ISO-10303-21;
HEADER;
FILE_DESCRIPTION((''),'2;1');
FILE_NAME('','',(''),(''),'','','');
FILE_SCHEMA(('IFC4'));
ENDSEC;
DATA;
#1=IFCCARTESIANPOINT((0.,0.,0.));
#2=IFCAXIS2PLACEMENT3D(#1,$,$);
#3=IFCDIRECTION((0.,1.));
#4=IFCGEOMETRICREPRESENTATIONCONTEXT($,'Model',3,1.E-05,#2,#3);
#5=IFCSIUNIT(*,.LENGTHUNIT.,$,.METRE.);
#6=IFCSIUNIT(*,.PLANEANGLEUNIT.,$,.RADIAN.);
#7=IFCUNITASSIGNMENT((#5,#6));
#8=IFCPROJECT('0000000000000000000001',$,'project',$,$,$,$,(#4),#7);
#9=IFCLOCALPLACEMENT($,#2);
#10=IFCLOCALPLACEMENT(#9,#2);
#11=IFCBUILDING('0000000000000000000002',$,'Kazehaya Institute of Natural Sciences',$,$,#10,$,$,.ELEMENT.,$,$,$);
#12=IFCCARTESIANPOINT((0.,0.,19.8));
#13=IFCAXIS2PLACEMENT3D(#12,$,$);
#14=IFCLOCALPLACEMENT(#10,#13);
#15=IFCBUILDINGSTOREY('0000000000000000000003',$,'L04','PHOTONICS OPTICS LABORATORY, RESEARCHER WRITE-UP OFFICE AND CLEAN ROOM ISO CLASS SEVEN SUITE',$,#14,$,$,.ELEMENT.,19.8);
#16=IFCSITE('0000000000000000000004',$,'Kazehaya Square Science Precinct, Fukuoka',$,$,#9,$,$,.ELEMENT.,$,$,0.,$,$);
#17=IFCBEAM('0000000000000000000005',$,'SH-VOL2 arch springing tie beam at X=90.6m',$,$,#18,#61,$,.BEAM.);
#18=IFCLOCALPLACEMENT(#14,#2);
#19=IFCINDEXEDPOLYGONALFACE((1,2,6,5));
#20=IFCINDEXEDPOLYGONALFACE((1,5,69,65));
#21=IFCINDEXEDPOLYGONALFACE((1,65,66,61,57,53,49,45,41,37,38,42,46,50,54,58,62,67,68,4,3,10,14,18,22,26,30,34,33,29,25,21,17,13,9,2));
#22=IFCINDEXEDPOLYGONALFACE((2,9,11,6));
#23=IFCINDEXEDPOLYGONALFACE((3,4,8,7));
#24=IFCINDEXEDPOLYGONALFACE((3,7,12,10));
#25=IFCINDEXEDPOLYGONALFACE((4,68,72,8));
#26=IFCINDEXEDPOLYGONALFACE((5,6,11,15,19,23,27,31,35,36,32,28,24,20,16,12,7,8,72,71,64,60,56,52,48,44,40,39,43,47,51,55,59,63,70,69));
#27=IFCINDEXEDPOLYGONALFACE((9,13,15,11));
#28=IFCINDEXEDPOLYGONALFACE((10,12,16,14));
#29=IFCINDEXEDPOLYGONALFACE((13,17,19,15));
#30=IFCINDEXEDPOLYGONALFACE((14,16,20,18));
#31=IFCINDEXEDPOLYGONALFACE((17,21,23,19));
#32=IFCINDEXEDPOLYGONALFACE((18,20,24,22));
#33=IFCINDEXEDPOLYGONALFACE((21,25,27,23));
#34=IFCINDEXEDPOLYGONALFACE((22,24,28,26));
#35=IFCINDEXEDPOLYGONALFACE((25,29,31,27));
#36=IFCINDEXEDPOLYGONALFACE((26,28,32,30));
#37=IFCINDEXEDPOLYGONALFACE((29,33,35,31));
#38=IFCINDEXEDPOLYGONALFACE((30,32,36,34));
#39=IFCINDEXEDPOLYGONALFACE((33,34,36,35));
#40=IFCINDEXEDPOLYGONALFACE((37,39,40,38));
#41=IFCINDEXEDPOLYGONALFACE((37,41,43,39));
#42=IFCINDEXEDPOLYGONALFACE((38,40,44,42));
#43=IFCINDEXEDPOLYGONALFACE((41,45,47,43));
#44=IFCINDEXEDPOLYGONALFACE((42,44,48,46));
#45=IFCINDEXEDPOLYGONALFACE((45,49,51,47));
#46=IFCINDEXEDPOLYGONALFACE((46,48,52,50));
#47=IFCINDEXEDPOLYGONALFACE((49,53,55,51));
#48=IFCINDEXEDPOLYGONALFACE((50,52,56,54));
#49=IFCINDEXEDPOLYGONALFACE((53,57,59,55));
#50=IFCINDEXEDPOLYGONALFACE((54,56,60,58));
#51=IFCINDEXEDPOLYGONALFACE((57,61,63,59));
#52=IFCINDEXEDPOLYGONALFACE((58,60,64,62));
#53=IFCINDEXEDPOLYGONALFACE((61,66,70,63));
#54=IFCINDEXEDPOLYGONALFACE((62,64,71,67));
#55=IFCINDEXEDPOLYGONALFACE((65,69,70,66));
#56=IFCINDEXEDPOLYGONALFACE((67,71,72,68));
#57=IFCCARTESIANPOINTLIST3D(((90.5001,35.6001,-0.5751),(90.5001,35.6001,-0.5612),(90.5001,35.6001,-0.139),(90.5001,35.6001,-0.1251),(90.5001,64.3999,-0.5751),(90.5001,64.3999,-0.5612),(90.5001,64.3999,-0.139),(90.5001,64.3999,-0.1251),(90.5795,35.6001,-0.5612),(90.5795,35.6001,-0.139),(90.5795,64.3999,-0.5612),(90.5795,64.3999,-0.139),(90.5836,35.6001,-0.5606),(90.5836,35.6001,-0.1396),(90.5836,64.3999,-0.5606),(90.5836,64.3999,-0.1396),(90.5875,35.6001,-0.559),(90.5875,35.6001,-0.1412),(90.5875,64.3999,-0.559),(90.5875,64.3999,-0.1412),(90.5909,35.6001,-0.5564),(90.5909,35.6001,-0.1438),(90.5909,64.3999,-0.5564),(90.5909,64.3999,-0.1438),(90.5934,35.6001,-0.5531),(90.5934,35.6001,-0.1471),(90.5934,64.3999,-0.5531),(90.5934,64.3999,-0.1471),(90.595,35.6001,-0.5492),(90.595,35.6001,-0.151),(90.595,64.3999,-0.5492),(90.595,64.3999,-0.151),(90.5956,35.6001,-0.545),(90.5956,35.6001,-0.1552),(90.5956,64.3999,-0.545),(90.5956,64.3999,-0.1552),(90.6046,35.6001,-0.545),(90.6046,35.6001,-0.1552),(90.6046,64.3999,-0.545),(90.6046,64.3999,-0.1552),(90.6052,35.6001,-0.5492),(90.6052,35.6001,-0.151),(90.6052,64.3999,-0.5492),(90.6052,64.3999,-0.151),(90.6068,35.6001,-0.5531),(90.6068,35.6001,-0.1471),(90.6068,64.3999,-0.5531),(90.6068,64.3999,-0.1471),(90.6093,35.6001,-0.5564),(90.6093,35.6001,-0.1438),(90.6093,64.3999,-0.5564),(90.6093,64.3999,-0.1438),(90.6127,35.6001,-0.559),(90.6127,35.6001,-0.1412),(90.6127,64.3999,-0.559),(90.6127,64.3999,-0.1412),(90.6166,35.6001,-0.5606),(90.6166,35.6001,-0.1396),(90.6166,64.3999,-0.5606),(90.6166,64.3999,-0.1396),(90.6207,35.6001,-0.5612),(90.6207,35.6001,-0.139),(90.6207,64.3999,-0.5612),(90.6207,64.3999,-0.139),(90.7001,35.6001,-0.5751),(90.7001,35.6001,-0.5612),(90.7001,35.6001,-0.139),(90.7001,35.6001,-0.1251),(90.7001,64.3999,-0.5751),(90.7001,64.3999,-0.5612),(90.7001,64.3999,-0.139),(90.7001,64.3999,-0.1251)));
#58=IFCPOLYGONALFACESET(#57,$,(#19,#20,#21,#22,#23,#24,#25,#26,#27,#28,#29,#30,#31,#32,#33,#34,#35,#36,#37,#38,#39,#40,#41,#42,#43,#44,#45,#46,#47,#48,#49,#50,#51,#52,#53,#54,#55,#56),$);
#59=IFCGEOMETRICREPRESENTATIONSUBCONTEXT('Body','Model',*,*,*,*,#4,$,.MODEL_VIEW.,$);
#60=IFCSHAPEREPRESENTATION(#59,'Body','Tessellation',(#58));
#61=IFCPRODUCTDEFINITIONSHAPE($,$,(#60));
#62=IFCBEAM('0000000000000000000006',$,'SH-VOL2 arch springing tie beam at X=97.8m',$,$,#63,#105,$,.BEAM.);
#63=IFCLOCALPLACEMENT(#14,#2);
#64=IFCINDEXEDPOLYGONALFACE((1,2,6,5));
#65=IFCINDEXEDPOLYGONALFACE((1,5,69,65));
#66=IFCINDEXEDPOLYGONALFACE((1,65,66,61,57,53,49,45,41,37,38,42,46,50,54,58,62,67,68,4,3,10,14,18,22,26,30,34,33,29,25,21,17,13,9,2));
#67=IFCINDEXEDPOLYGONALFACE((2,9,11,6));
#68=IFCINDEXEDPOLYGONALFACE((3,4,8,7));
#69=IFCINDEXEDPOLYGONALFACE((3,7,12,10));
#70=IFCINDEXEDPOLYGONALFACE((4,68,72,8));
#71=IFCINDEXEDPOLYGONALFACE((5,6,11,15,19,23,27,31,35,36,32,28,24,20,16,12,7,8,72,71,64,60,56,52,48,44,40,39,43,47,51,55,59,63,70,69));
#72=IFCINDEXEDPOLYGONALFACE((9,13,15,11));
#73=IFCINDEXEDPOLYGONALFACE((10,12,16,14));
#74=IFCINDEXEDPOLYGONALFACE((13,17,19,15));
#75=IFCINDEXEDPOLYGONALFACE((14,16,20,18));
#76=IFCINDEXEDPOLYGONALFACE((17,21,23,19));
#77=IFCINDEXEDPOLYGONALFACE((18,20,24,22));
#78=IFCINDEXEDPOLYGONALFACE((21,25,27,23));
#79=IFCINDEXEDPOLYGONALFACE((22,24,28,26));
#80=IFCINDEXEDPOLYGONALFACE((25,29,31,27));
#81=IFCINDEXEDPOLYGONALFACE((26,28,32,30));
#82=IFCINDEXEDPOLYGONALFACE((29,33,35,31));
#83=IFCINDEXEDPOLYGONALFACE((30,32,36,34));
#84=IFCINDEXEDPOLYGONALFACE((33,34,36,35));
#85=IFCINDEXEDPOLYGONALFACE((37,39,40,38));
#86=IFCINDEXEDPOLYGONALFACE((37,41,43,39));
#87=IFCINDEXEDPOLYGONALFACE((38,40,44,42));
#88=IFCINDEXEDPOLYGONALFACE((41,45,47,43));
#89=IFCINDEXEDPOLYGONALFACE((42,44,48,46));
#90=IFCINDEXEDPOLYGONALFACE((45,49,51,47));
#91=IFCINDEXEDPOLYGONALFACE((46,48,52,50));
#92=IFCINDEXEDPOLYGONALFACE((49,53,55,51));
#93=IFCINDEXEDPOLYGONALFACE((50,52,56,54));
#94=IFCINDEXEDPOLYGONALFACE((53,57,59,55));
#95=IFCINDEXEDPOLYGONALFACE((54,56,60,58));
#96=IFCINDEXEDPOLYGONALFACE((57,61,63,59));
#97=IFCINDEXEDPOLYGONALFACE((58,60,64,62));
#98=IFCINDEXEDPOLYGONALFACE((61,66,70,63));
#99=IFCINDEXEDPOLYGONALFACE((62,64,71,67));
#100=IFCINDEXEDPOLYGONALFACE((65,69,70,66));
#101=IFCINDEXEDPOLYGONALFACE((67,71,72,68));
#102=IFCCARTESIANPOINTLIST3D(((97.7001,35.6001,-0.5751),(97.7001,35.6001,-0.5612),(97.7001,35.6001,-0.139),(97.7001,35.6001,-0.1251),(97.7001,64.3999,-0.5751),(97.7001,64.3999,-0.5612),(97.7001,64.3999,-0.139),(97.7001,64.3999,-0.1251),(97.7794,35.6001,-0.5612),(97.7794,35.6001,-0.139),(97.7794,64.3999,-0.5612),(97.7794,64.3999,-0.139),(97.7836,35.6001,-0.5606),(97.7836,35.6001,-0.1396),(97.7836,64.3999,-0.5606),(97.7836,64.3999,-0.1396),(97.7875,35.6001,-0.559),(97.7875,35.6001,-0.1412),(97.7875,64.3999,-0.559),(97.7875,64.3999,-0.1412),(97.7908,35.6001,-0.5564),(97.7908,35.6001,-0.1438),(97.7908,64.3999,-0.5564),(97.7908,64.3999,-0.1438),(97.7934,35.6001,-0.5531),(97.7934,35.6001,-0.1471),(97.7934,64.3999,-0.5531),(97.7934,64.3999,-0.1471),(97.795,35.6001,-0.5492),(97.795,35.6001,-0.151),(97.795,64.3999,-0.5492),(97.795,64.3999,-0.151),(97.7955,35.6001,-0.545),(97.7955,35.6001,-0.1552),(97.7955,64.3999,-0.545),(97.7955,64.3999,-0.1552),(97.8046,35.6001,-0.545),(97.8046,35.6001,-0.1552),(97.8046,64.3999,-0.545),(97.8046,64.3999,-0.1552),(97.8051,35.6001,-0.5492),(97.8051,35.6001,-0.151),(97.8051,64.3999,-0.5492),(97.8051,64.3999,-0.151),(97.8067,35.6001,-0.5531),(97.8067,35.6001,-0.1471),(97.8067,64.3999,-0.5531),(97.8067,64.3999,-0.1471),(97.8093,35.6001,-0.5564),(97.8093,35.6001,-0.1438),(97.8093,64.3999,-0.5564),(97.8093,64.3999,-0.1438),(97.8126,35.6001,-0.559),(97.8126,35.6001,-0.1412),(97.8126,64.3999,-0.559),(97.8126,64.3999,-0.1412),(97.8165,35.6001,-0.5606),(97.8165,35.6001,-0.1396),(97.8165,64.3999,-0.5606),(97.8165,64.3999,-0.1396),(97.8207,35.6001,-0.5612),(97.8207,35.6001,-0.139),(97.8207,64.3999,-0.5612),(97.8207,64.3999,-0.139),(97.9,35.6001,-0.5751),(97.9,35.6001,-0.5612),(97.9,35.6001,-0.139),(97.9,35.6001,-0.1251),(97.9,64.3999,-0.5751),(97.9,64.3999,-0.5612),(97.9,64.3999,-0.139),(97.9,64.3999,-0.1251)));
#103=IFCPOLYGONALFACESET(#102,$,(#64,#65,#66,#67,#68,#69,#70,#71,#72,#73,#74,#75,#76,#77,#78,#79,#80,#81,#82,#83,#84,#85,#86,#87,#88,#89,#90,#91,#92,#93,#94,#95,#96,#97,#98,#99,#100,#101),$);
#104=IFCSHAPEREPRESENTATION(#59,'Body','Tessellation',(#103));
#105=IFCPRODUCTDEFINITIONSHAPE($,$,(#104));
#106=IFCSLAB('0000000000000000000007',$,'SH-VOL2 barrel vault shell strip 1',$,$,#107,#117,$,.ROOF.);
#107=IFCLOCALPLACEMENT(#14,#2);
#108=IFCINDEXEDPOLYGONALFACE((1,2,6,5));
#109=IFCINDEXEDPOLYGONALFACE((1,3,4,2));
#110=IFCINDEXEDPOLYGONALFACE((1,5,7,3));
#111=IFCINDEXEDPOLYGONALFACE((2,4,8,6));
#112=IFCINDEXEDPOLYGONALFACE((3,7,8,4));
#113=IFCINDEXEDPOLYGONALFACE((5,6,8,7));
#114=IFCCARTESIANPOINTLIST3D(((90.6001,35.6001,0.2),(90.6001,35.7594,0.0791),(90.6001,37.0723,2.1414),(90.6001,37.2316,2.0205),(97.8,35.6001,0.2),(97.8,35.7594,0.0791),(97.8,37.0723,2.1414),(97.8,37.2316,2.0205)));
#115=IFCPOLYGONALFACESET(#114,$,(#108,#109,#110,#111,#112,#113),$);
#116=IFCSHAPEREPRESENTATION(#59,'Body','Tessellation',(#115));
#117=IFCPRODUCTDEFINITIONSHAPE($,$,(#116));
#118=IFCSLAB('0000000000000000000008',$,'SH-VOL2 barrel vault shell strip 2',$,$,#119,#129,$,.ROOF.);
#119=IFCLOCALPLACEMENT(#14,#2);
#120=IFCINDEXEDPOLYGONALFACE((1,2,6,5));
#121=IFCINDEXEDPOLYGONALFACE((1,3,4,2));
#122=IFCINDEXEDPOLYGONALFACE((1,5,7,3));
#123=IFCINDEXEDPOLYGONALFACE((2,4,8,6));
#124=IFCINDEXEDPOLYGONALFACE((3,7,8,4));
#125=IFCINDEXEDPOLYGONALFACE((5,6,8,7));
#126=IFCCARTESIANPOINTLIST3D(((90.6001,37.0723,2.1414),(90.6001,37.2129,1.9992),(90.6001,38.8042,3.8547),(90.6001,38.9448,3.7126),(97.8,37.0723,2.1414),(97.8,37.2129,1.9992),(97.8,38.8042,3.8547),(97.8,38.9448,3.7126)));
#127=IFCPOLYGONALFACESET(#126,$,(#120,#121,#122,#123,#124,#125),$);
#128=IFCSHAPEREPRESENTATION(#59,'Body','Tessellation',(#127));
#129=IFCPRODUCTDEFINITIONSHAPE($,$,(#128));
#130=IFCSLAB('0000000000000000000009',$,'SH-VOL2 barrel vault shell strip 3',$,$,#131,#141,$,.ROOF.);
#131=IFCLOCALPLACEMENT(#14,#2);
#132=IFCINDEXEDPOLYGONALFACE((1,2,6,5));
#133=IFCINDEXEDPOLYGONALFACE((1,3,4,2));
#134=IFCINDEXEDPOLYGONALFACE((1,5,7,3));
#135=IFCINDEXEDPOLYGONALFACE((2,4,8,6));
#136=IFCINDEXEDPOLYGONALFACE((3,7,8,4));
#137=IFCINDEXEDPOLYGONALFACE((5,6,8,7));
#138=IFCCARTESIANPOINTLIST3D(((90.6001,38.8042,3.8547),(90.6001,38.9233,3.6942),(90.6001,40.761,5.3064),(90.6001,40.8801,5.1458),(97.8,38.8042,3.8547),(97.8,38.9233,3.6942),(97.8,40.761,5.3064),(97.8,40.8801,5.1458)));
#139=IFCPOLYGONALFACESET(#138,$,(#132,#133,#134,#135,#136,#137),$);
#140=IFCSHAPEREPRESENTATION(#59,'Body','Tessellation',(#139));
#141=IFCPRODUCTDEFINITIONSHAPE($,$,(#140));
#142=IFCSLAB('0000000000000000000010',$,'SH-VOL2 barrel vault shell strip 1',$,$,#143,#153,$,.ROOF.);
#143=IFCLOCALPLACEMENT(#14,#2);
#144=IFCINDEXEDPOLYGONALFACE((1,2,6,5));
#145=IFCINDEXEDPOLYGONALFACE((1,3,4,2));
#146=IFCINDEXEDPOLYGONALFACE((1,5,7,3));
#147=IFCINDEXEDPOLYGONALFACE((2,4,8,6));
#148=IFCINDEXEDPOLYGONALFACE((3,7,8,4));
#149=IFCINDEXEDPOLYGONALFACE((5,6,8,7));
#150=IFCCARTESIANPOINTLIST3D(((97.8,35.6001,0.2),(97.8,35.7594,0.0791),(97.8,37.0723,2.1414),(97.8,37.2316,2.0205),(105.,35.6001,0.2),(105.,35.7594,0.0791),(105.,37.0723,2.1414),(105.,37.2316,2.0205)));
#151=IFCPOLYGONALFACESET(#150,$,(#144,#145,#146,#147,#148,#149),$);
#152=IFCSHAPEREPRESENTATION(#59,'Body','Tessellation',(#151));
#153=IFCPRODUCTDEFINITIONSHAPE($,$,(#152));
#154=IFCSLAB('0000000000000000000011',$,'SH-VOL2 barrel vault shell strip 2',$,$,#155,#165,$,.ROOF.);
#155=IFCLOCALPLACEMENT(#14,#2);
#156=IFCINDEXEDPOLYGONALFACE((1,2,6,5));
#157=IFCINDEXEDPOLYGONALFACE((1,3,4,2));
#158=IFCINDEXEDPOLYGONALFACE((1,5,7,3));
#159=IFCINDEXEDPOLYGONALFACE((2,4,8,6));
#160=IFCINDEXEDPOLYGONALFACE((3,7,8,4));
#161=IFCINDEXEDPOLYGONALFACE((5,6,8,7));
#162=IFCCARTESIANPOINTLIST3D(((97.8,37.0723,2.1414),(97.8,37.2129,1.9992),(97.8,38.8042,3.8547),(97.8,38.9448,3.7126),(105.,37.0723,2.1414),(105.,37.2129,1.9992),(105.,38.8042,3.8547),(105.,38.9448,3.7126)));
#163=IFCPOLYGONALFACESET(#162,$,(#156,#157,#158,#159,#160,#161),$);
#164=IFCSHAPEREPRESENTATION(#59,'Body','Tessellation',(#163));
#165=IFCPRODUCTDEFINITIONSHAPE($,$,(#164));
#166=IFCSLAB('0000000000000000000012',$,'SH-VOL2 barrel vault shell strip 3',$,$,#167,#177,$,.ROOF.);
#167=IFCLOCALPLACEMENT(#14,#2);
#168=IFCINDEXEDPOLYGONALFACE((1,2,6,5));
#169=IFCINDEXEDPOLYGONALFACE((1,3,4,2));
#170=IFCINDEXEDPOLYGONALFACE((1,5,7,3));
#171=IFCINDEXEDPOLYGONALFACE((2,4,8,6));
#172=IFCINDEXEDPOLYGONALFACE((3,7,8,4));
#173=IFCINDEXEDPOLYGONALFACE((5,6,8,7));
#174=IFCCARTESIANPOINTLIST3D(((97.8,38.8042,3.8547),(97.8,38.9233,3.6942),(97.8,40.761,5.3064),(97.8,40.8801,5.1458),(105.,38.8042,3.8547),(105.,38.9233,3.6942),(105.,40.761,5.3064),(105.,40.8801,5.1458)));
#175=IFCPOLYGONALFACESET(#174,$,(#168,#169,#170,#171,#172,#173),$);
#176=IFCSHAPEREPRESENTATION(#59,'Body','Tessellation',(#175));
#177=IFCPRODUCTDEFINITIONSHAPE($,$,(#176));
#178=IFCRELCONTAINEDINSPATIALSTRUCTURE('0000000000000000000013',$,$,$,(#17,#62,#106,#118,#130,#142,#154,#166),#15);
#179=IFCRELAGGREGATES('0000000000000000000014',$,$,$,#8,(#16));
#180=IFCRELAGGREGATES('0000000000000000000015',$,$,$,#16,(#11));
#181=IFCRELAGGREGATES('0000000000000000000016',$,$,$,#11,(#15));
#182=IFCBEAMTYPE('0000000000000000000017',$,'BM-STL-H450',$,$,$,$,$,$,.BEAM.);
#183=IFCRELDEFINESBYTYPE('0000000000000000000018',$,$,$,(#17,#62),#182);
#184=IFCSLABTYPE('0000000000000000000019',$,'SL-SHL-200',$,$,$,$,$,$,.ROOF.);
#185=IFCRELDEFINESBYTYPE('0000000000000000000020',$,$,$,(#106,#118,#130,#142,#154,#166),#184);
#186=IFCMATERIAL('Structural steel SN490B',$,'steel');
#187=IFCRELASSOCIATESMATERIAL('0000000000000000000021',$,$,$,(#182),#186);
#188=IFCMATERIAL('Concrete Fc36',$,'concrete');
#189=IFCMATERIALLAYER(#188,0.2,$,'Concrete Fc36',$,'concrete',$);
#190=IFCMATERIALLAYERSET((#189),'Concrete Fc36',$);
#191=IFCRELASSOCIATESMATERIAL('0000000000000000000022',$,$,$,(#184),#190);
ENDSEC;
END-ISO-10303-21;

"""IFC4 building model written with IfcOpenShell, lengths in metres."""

from ifc_helpers import new_model, si_unit, direction, frame, origin, origin_2d, place, context, subcontext, project, spatial, polyline, i_section, outline, extrude, material, layer, layer_set, material_profile, profile_set, type_object, element, save


model = new_model("IFC4")

# Units and contexts
model_context = context("Model", 3, precision=1e-05, world=origin(), true_north=direction((0.0, 1.0)))
body_context = subcontext(model_context, "Body", "Model", "MODEL_VIEW")
ifc_project = project(units=[si_unit("LENGTHUNIT", "METRE"), si_unit("PLANEANGLEUNIT", "RADIAN")], contexts=[model_context])

# Site, building, storey
site_placement = place(None, origin())
site = spatial("IfcSite", under=ifc_project, at=site_placement, Name="Kazehaya Square Science Precinct, Fukuoka", CompositionType="ELEMENT", RefElevation=0.0)
building_placement = place(site_placement, origin())
building = spatial("IfcBuilding", under=site, at=building_placement, Name="Kazehaya Institute of Natural Sciences", CompositionType="ELEMENT")
storey_placement = place(building_placement, frame((0.0, 0.0, 19.8)))
storey = spatial("IfcBuildingStorey", under=building, at=storey_placement, Name="L04", Description="PHOTONICS OPTICS LABORATORY, RESEARCHER WRITE-UP OFFICE AND CLEAN ROOM ISO CLASS SEVEN SUITE", CompositionType="ELEMENT", Elevation=19.8)

# Beams
ifc_material_1 = material(Name="Concrete Fc36", Category="concrete")
ifc_material_2 = material(Name="Structural steel SN490B", Category="steel")
ifc_material_profile_1 = material_profile(ifc_material_2, i_section(OverallWidth=0.2, OverallDepth=0.45, WebThickness=0.009, FlangeThickness=0.0139, FilletRadius=0.0161, at=origin_2d()), Name="H-450x200x9x14")
ifc_profile_set_1 = profile_set([ifc_material_profile_1], Name="Structural steel SN490B")
beam_type_1 = type_object("IfcBeamType", Name="BM-STL-H450", PredefinedType="BEAM", material=ifc_profile_set_1)
for number, where, z_axis, x_axis, name in (
    (1, (90.6001, 35.6001, -0.3501), (0.0, 1.0, 0.0), (-1.0, 0.0, 0.0), "SH-VOL2 arch springing tie beam at X=90.6m"),
    (2, (97.8, 35.6001, -0.3501), (0.0, 1.0, 0.0), (-1.0, 0.0, 0.0), "SH-VOL2 arch springing tie beam at X=97.8m"),
):
    element("IfcBeam", number, at=place(storey_placement, frame(where, z_axis=z_axis, x_axis=x_axis)), inside=storey, type_object=beam_type_1, Name=name, PredefinedType="BEAM", context=body_context, shape_type="SweptSolid", body=[
        extrude(i_section(OverallWidth=0.2, OverallDepth=0.45, WebThickness=0.009, FlangeThickness=0.0139, FilletRadius=0.0161, at=origin_2d()), origin(), (0.0, 0.0, 1.0), 28.7998),
    ])

# Slabs
ifc_layer_1 = layer(ifc_material_1, 0.2, Name="Concrete Fc36", Category="concrete")
ifc_layer_set_1 = layer_set([ifc_layer_1], Name="Concrete Fc36")
slab_type = type_object("IfcSlabType", Name="SL-SHL-200", PredefinedType="ROOF", material=ifc_layer_set_1)
slab_1_placement = place(storey_placement, frame((90.6001, 35.6001, 0.2), z_axis=(0.0, -0.796814, 0.604224), x_axis=(1.0, 0.0, 0.0)))
element("IfcSlab", 3, at=slab_1_placement, inside=storey, type_object=slab_type, Name="SH-VOL2 barrel vault shell strip 1", PredefinedType="ROOF", context=body_context, shape_type="SweptSolid", body=[
    extrude(outline(polyline([(0.0, 0.0), (7.2, 0.0), (7.2, 2.4365), (0.0, 2.4365), (0.0, 0.0)])), origin(), (0.0, 0.0, -1.0), 0.2),
])
slab_2_placement = place(storey_placement, frame((90.6001, 37.0723, 2.1414), z_axis=(0.0, -0.703288, 0.710905), x_axis=(1.0, 0.0, 0.0)))
element("IfcSlab", 4, at=slab_2_placement, inside=storey, type_object=slab_type, Name="SH-VOL2 barrel vault shell strip 2", PredefinedType="ROOF", context=body_context, shape_type="SweptSolid", body=[
    extrude(outline(polyline([(0.0, 0.0), (7.2, 0.0), (7.2, 2.4362), (0.0, 2.4362), (0.0, 0.0)])), origin(), (0.0, 0.0, -1.0), 0.2),
])
slab_3_placement = place(storey_placement, frame((90.6001, 38.8042, 3.8547), z_axis=(0.0, -0.595807, 0.803127), x_axis=(1.0, 0.0, 0.0)))
element("IfcSlab", 5, at=slab_3_placement, inside=storey, type_object=slab_type, Name="SH-VOL2 barrel vault shell strip 3", PredefinedType="ROOF", context=body_context, shape_type="SweptSolid", body=[
    extrude(outline(polyline([(0.0, 0.0), (7.2, 0.0), (7.2, 2.4365), (0.0, 2.4365), (0.0, 0.0)])), origin(), (0.0, 0.0, -1.0), 0.2),
])
slab_4_placement = place(storey_placement, frame((97.8, 35.6001, 0.2), z_axis=(0.0, -0.796814, 0.604224), x_axis=(1.0, 0.0, 0.0)))
element("IfcSlab", 6, at=slab_4_placement, inside=storey, type_object=slab_type, Name="SH-VOL2 barrel vault shell strip 1", PredefinedType="ROOF", context=body_context, shape_type="SweptSolid", body=[
    extrude(outline(polyline([(0.0, 0.0), (7.2, 0.0), (7.2, 2.4365), (0.0, 2.4365), (0.0, 0.0)])), origin(), (0.0, 0.0, -1.0), 0.2),
])
slab_5_placement = place(storey_placement, frame((97.8, 37.0723, 2.1414), z_axis=(0.0, -0.703288, 0.710905), x_axis=(1.0, 0.0, 0.0)))
element("IfcSlab", 7, at=slab_5_placement, inside=storey, type_object=slab_type, Name="SH-VOL2 barrel vault shell strip 2", PredefinedType="ROOF", context=body_context, shape_type="SweptSolid", body=[
    extrude(outline(polyline([(0.0, 0.0), (7.2, 0.0), (7.2, 2.4362), (0.0, 2.4362), (0.0, 0.0)])), origin(), (0.0, 0.0, -1.0), 0.2),
])
slab_6_placement = place(storey_placement, frame((97.8, 38.8042, 3.8547), z_axis=(0.0, -0.595807, 0.803127), x_axis=(1.0, 0.0, 0.0)))
element("IfcSlab", 8, at=slab_6_placement, inside=storey, type_object=slab_type, Name="SH-VOL2 barrel vault shell strip 3", PredefinedType="ROOF", context=body_context, shape_type="SweptSolid", body=[
    extrude(outline(polyline([(0.0, 0.0), (7.2, 0.0), (7.2, 2.4365), (0.0, 2.4365), (0.0, 0.0)])), origin(), (0.0, 0.0, -1.0), 0.2),
])

save(model, "model.ifc")
